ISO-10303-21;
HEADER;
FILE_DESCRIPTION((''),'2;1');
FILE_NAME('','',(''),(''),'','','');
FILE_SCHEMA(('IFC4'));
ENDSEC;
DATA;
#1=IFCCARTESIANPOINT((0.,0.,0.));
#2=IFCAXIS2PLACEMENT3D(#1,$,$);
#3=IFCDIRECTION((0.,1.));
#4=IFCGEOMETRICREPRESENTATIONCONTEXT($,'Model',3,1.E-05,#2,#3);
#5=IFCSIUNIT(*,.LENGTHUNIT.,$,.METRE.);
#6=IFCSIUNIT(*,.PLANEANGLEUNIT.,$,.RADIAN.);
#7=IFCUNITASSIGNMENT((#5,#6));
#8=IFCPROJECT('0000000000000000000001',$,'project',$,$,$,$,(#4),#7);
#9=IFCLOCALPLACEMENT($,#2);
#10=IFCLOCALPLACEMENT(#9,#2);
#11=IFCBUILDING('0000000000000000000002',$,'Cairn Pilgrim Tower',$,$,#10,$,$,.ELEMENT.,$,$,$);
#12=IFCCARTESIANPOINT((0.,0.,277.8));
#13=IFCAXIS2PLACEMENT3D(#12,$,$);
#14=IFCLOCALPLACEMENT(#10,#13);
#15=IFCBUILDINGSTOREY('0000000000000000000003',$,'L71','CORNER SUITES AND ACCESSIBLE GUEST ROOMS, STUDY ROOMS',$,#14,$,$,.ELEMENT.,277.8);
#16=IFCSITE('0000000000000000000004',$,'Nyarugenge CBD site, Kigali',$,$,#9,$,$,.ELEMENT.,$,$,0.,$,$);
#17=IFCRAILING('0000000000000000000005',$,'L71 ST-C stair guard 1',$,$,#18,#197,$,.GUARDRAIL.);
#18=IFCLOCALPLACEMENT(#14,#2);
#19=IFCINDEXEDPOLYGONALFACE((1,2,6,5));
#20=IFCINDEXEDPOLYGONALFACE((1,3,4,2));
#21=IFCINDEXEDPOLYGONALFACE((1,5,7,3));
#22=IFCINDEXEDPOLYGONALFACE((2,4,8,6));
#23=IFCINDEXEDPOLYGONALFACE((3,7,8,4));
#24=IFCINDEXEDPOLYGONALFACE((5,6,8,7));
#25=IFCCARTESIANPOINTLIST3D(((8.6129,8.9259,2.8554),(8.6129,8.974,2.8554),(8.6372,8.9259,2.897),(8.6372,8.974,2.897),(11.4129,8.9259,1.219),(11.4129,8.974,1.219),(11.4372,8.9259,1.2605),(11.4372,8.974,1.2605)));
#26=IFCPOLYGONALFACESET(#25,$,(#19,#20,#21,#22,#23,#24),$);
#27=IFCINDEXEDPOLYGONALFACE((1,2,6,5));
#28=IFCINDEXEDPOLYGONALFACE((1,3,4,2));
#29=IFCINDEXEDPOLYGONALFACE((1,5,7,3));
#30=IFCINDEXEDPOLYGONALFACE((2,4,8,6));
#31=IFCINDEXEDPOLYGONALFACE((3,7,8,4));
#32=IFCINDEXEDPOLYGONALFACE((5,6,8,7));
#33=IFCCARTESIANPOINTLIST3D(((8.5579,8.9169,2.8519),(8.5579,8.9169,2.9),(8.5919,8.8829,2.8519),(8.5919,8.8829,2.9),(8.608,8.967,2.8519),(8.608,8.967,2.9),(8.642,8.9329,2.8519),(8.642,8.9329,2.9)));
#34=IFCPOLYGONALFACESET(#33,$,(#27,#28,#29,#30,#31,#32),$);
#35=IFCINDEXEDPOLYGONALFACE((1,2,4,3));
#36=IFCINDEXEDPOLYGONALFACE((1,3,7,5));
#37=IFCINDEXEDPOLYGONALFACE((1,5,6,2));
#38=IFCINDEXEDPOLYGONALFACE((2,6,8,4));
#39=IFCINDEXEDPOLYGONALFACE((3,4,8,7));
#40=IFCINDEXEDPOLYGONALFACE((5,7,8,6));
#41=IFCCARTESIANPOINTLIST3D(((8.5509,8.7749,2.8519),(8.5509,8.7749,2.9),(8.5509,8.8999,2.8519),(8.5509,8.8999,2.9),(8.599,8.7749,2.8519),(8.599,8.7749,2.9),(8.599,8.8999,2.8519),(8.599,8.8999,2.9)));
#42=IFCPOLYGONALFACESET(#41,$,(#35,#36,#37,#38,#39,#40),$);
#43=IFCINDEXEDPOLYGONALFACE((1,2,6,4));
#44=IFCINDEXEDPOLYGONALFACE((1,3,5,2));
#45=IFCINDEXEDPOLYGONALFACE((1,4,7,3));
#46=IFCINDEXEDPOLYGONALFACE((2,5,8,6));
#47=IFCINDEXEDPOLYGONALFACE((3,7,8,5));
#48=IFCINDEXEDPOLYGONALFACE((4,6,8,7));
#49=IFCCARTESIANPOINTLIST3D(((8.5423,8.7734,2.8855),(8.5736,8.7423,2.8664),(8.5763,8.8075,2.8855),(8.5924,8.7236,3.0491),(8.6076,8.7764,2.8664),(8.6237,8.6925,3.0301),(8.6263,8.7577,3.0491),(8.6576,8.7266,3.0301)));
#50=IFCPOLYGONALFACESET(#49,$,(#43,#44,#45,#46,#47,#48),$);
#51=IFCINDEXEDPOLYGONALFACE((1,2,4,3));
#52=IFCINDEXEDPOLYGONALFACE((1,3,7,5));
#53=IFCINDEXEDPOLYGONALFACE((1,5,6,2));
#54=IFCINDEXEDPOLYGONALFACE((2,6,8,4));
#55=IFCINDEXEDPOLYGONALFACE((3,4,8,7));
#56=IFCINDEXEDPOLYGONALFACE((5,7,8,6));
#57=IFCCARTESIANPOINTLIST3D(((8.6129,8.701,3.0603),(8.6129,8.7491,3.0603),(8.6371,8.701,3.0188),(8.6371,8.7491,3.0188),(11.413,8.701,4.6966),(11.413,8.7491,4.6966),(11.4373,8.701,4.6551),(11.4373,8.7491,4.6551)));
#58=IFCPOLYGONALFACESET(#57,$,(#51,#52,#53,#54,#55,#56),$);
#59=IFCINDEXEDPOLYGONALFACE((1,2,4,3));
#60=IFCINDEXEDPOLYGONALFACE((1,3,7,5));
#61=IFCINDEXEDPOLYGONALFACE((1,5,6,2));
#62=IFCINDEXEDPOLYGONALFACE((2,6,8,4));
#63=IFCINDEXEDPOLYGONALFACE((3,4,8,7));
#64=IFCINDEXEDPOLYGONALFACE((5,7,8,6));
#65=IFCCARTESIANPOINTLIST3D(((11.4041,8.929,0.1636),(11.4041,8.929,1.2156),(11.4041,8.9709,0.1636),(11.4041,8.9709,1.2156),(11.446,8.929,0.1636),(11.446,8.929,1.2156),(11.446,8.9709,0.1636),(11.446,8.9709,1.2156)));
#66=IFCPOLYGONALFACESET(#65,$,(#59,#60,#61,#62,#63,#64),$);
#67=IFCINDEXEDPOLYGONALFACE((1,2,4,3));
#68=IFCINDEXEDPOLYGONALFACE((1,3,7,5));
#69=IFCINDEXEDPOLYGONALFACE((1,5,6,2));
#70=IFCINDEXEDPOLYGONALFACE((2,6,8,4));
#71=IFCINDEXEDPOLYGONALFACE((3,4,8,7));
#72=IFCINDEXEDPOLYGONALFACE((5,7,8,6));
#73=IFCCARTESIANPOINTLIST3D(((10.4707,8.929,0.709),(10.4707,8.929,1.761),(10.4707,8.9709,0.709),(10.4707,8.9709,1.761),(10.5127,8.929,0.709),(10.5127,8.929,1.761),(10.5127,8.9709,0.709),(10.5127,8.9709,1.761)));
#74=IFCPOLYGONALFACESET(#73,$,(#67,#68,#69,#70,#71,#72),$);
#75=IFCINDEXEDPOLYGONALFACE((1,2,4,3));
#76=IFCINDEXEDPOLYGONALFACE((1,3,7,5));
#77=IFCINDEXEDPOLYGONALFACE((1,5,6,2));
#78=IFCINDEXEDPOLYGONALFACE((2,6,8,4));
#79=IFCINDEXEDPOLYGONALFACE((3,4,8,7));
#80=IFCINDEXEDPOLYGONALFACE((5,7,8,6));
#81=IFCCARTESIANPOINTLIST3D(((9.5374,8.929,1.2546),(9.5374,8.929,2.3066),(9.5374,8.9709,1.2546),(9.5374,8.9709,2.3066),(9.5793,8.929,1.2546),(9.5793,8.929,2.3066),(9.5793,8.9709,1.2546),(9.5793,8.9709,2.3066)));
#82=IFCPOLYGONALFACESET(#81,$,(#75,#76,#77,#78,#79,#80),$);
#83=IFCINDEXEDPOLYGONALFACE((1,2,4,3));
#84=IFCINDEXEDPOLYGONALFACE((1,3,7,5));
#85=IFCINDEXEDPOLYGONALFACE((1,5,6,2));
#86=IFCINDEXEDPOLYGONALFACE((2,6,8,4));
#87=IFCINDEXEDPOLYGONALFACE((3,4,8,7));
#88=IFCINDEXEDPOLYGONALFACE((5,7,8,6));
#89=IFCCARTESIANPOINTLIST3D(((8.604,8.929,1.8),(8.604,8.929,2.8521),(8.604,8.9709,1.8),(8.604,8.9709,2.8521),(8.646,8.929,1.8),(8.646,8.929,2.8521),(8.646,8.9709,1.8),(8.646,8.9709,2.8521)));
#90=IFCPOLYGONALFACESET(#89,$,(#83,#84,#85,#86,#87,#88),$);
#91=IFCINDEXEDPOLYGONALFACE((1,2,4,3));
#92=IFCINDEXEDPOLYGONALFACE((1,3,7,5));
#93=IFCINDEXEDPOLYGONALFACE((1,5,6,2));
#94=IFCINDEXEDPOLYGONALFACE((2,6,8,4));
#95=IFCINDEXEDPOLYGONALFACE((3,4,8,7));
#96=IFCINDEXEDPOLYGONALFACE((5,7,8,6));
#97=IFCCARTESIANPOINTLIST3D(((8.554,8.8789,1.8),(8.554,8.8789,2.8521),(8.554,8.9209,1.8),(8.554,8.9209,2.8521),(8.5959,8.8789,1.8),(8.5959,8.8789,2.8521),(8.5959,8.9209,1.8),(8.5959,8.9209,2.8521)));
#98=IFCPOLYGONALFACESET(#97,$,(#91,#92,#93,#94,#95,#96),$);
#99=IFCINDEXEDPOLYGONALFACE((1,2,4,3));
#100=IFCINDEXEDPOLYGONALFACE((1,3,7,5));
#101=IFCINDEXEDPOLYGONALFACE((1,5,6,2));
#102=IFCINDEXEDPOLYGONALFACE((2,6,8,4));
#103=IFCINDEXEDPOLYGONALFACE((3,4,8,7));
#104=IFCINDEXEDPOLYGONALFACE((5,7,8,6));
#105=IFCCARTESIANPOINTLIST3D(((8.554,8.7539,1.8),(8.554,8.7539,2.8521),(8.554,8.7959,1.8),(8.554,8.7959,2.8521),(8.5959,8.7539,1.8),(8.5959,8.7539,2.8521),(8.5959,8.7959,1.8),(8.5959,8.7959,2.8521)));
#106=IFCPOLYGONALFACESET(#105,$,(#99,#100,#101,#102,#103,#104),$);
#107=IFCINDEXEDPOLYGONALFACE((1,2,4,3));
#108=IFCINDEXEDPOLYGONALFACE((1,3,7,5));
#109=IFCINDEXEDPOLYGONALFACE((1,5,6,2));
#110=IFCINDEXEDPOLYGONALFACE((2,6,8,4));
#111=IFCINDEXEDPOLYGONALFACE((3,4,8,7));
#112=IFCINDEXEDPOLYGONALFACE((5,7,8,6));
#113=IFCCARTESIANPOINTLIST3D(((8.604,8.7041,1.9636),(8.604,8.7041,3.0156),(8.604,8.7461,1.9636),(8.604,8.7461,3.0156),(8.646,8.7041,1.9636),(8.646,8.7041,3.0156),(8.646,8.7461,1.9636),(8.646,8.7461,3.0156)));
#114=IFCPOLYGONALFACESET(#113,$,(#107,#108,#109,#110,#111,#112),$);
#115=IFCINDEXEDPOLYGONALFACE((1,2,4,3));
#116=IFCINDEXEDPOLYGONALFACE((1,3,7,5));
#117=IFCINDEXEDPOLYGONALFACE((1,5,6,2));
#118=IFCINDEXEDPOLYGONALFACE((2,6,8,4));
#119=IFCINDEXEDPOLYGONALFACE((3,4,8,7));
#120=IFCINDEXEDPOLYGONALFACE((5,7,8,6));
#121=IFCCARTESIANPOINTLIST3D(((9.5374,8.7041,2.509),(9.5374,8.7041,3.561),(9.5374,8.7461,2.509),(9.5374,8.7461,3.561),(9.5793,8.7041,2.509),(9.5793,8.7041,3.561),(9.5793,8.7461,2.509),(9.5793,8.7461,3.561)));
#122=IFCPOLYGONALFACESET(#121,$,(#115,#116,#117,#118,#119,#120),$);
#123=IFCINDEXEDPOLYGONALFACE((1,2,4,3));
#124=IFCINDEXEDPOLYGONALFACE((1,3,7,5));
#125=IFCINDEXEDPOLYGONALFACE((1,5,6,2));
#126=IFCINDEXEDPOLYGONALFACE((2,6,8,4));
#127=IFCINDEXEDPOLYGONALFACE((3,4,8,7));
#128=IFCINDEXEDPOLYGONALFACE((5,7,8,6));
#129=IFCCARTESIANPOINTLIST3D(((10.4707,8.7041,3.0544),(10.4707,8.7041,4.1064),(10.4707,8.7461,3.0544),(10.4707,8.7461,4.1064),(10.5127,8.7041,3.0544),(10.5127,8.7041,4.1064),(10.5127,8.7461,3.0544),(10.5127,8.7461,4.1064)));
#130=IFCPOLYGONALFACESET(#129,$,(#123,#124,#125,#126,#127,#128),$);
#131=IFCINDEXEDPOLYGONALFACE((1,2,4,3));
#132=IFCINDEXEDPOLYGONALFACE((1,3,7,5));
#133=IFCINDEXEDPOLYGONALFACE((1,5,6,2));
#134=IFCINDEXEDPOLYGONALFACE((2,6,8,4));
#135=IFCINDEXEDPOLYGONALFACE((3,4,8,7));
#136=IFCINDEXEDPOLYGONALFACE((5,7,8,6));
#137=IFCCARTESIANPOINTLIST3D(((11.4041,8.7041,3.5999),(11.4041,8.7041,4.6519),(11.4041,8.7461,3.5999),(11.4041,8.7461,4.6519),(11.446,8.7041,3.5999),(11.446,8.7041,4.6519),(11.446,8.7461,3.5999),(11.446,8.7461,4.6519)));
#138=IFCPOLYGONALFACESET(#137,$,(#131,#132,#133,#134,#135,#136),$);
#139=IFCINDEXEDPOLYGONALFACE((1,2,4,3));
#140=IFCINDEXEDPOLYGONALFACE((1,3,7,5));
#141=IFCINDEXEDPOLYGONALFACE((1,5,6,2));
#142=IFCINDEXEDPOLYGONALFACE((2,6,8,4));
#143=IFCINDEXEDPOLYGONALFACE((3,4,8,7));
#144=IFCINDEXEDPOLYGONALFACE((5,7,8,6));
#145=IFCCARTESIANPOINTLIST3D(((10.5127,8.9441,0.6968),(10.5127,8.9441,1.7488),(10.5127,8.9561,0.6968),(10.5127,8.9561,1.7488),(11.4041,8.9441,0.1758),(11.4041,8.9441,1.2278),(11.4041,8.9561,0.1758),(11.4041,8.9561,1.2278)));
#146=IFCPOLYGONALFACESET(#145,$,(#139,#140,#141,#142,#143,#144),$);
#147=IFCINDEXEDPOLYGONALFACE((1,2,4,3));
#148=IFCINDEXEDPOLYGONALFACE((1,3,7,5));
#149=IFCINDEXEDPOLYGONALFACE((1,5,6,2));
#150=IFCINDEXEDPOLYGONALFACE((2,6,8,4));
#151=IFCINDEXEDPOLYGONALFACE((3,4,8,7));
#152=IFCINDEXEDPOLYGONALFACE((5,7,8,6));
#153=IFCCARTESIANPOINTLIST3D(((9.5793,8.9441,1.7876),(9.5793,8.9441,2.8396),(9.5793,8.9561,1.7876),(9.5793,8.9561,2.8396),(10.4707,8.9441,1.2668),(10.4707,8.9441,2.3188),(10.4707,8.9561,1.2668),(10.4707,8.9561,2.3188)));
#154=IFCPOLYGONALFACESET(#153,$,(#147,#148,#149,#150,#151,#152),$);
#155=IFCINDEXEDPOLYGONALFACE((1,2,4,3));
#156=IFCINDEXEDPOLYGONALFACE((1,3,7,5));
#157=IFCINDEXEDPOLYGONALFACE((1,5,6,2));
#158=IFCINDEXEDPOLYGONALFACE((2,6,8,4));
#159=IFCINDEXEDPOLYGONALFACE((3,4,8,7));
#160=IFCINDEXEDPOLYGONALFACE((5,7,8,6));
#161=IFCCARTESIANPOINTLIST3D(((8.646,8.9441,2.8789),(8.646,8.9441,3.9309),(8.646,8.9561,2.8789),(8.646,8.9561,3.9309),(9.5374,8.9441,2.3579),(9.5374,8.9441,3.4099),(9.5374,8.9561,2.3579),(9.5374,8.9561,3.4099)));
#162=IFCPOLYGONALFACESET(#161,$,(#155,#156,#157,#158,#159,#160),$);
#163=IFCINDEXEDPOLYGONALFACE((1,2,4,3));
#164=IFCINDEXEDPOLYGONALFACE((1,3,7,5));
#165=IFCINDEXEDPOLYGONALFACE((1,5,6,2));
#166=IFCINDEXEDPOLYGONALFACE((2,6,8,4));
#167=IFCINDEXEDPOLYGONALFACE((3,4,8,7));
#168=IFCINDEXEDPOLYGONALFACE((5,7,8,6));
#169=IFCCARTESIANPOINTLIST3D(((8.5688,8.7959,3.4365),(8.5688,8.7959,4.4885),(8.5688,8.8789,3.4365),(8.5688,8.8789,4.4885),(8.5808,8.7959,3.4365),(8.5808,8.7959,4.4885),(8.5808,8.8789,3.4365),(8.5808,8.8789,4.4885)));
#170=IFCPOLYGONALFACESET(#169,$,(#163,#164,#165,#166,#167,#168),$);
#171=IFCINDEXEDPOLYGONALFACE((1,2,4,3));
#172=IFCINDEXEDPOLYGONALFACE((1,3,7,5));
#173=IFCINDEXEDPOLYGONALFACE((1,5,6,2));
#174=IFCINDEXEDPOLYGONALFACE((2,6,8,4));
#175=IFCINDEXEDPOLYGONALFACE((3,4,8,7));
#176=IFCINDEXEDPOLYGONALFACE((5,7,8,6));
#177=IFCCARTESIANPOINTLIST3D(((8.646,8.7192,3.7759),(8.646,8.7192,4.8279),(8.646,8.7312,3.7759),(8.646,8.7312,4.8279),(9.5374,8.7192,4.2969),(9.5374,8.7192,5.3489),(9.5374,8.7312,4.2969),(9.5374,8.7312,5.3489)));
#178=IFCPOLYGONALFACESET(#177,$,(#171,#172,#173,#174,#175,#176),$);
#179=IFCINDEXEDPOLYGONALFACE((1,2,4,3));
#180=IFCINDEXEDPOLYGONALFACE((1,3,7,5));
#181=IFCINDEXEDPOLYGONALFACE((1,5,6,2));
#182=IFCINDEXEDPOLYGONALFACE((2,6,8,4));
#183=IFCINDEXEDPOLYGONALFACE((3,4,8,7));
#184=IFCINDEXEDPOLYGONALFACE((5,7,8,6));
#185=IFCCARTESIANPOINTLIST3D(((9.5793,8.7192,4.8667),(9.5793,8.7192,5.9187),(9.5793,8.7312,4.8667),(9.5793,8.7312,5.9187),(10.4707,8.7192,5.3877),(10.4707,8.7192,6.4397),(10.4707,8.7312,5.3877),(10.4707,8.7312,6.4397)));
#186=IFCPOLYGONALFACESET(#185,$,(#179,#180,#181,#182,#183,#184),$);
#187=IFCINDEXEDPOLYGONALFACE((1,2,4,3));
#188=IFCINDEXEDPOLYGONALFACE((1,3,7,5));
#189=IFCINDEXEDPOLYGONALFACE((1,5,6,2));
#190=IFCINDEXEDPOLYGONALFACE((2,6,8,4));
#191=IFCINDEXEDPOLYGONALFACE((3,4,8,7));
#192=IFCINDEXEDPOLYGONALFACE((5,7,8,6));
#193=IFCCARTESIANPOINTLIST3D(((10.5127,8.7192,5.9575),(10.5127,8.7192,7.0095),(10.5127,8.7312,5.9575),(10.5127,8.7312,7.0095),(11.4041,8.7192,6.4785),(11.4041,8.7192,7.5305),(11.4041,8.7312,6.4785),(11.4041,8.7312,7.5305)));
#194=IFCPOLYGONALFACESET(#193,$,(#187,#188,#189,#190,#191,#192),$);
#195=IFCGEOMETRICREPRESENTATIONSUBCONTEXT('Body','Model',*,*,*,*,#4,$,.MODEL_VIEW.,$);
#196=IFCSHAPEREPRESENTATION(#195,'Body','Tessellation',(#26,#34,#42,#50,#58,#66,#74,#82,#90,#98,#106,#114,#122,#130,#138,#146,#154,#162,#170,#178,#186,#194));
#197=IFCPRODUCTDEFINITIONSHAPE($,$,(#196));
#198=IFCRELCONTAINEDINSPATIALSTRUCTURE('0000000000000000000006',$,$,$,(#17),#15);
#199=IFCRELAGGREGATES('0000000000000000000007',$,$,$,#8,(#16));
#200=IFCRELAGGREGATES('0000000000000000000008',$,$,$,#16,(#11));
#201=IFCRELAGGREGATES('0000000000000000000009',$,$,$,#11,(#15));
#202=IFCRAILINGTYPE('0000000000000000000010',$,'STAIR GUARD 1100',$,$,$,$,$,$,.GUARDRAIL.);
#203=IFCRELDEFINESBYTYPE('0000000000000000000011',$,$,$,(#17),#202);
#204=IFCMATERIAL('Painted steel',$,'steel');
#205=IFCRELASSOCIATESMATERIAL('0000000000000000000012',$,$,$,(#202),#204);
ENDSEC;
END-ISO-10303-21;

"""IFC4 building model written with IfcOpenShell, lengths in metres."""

from ifc_helpers import new_model, si_unit, direction, frame, origin, origin_2d, place, context, subcontext, project, spatial, polyline, rectangle, outline, extrude, material, type_object, element, save


model = new_model("IFC4")

# Units and contexts
model_context = context("Model", 3, precision=1e-05, world=origin(), true_north=direction((0.0, 1.0)))
body_context = subcontext(model_context, "Body", "Model", "MODEL_VIEW")
ifc_project = project(units=[si_unit("LENGTHUNIT", "METRE"), si_unit("PLANEANGLEUNIT", "RADIAN")], contexts=[model_context])

# Site, building, storey
site_placement = place(None, origin())
site = spatial("IfcSite", under=ifc_project, at=site_placement, Name="Nyarugenge CBD site, Kigali", CompositionType="ELEMENT", RefElevation=0.0)
building_placement = place(site_placement, origin())
building = spatial("IfcBuilding", under=site, at=building_placement, Name="Cairn Pilgrim Tower", CompositionType="ELEMENT")
storey_placement = place(building_placement, frame((0.0, 0.0, 277.8)))
storey = spatial("IfcBuildingStorey", under=building, at=storey_placement, Name="L71", Description="CORNER SUITES AND ACCESSIBLE GUEST ROOMS, STUDY ROOMS", CompositionType="ELEMENT", Elevation=277.8)

# Shared definitions
ifc_material_1 = material(Name="Painted steel", Category="steel")

# Railing
railing_type_1 = type_object("IfcRailingType", Name="STAIR GUARD 1100", PredefinedType="GUARDRAIL", material=ifc_material_1)
railing_1_placement = place(storey_placement, frame((11.425, 8.95, 0.1636)))
element("IfcRailing", 1, at=railing_1_placement, inside=storey, type_object=railing_type_1, Name="L71 ST-C stair guard 1", PredefinedType="GUARDRAIL", context=body_context, shape_type="SweptSolid", body=[
    extrude(rectangle(XDim=0.0481, YDim=0.0481, at=origin_2d()), frame((0.0, 0.0, 1.0762), z_axis=(-0.863361, 0.0, 0.504587), x_axis=(0.0, -1.0, 0.0)), (0.0, 0.0, 1.0), 3.2432),
    extrude(rectangle(XDim=0.0481, YDim=0.0481, at=origin_2d()), frame((-2.8, 0.0, 2.7124), z_axis=(-0.707107, -0.707107, 0.0), x_axis=(0.707107, -0.707107, 0.0)), (0.0, 0.0, 1.0), 0.0708),
    extrude(rectangle(XDim=0.0481, YDim=0.0481, at=origin_2d()), frame((-2.8501, -0.05, 2.7124), z_axis=(0.0, -1.0, 0.0), x_axis=(1.0, 0.0, 0.0)), (0.0, 0.0, 1.0), 0.125),
    extrude(rectangle(XDim=0.0481, YDim=0.0481, at=origin_2d()), frame((-2.8501, -0.175, 2.7124), z_axis=(0.280917, -0.279546, 0.918118), x_axis=(0.705376, 0.708834, 0.0)), (0.0, 0.0, 1.0), 0.1782),
    extrude(rectangle(XDim=0.0481, YDim=0.0481, at=origin_2d()), frame((-2.8, -0.2249, 2.876), z_axis=(0.863394, 0.0, 0.504531), x_axis=(0.0, 1.0, 0.0)), (0.0, 0.0, 1.0), 3.2432),
    extrude(rectangle(XDim=0.042, YDim=0.042, at=origin_2d()), origin(), (0.0, 0.0, 1.0), 1.052),
    extrude(rectangle(XDim=0.042, YDim=0.042, at=origin_2d()), frame((-0.9333, 0.0, 0.5454)), (0.0, 0.0, 1.0), 1.052),
    extrude(rectangle(XDim=0.042, YDim=0.042, at=origin_2d()), frame((-1.8667, 0.0, 1.0911)), (0.0, 0.0, 1.0), 1.052),
    extrude(rectangle(XDim=0.042, YDim=0.042, at=origin_2d()), frame((-2.8, 0.0, 1.6365)), (0.0, 0.0, 1.0), 1.052),
    extrude(rectangle(XDim=0.042, YDim=0.042, at=origin_2d()), frame((-2.8501, -0.05, 1.6365)), (0.0, 0.0, 1.0), 1.052),
    extrude(rectangle(XDim=0.042, YDim=0.042, at=origin_2d()), frame((-2.8501, -0.175, 1.6365)), (0.0, 0.0, 1.0), 1.052),
    extrude(rectangle(XDim=0.042, YDim=0.042, at=origin_2d()), frame((-2.8, -0.2249, 1.8)), (0.0, 0.0, 1.0), 1.052),
    extrude(rectangle(XDim=0.042, YDim=0.042, at=origin_2d()), frame((-1.8667, -0.2249, 2.3455)), (0.0, 0.0, 1.0), 1.052),
    extrude(rectangle(XDim=0.042, YDim=0.042, at=origin_2d()), frame((-0.9333, -0.2249, 2.8909)), (0.0, 0.0, 1.0), 1.052),
    extrude(rectangle(XDim=0.042, YDim=0.042, at=origin_2d()), frame((0.0, -0.2249, 3.4363)), (0.0, 0.0, 1.0), 1.052),
    extrude(outline(polyline([(0.021, 0.0122), (0.9124, 0.5332), (0.9124, 1.5852), (0.021, 1.0642), (0.021, 0.0122)])), frame((0.0, -0.0059, 0.0), z_axis=(0.0, 1.0, 0.0), x_axis=(-1.0, 0.0, 0.0)), (0.0, 0.0, 1.0), 0.012),
    extrude(outline(polyline([(0.021, 0.5579), (0.9124, 1.0786), (0.9124, 2.1306), (0.021, 1.6099), (0.021, 0.5579)])), frame((-0.9333, -0.0059, 0.5454), z_axis=(0.0, 1.0, 0.0), x_axis=(-1.0, 0.0, 0.0)), (0.0, 0.0, 1.0), 0.012),
    extrude(outline(polyline([(0.021, 1.1033), (0.9124, 1.6243), (0.9124, 2.6763), (0.021, 2.1553), (0.021, 1.1033)])), frame((-1.8667, -0.0059, 1.0911), z_axis=(0.0, 1.0, 0.0), x_axis=(-1.0, 0.0, 0.0)), (0.0, 0.0, 1.0), 0.012),
    extrude(outline(polyline([(0.021, 1.6365), (0.104, 1.6365), (0.104, 2.6885), (0.021, 2.6885), (0.021, 1.6365)])), frame((-2.8442, -0.05, 1.6365), z_axis=(-1.0, 0.0, 0.0), x_axis=(0.0, -1.0, 0.0)), (0.0, 0.0, 1.0), 0.012),
    extrude(outline(polyline([(0.021, 1.8123), (0.9124, 2.3333), (0.9124, 3.3853), (0.021, 2.8643), (0.021, 1.8123)])), frame((-2.8, -0.2188, 1.8), z_axis=(0.0, -1.0, 0.0), x_axis=(1.0, 0.0, 0.0)), (0.0, 0.0, 1.0), 0.012),
    extrude(outline(polyline([(0.021, 2.3577), (0.9124, 2.8787), (0.9124, 3.9307), (0.021, 3.4097), (0.021, 2.3577)])), frame((-1.8667, -0.2188, 2.3455), z_axis=(0.0, -1.0, 0.0), x_axis=(1.0, 0.0, 0.0)), (0.0, 0.0, 1.0), 0.012),
    extrude(outline(polyline([(0.021, 2.9031), (0.9124, 3.4241), (0.9124, 4.4761), (0.021, 3.9551), (0.021, 2.9031)])), frame((-0.9333, -0.2188, 2.8909), z_axis=(0.0, -1.0, 0.0), x_axis=(1.0, 0.0, 0.0)), (0.0, 0.0, 1.0), 0.012),
])

save(model, "model.ifc")
